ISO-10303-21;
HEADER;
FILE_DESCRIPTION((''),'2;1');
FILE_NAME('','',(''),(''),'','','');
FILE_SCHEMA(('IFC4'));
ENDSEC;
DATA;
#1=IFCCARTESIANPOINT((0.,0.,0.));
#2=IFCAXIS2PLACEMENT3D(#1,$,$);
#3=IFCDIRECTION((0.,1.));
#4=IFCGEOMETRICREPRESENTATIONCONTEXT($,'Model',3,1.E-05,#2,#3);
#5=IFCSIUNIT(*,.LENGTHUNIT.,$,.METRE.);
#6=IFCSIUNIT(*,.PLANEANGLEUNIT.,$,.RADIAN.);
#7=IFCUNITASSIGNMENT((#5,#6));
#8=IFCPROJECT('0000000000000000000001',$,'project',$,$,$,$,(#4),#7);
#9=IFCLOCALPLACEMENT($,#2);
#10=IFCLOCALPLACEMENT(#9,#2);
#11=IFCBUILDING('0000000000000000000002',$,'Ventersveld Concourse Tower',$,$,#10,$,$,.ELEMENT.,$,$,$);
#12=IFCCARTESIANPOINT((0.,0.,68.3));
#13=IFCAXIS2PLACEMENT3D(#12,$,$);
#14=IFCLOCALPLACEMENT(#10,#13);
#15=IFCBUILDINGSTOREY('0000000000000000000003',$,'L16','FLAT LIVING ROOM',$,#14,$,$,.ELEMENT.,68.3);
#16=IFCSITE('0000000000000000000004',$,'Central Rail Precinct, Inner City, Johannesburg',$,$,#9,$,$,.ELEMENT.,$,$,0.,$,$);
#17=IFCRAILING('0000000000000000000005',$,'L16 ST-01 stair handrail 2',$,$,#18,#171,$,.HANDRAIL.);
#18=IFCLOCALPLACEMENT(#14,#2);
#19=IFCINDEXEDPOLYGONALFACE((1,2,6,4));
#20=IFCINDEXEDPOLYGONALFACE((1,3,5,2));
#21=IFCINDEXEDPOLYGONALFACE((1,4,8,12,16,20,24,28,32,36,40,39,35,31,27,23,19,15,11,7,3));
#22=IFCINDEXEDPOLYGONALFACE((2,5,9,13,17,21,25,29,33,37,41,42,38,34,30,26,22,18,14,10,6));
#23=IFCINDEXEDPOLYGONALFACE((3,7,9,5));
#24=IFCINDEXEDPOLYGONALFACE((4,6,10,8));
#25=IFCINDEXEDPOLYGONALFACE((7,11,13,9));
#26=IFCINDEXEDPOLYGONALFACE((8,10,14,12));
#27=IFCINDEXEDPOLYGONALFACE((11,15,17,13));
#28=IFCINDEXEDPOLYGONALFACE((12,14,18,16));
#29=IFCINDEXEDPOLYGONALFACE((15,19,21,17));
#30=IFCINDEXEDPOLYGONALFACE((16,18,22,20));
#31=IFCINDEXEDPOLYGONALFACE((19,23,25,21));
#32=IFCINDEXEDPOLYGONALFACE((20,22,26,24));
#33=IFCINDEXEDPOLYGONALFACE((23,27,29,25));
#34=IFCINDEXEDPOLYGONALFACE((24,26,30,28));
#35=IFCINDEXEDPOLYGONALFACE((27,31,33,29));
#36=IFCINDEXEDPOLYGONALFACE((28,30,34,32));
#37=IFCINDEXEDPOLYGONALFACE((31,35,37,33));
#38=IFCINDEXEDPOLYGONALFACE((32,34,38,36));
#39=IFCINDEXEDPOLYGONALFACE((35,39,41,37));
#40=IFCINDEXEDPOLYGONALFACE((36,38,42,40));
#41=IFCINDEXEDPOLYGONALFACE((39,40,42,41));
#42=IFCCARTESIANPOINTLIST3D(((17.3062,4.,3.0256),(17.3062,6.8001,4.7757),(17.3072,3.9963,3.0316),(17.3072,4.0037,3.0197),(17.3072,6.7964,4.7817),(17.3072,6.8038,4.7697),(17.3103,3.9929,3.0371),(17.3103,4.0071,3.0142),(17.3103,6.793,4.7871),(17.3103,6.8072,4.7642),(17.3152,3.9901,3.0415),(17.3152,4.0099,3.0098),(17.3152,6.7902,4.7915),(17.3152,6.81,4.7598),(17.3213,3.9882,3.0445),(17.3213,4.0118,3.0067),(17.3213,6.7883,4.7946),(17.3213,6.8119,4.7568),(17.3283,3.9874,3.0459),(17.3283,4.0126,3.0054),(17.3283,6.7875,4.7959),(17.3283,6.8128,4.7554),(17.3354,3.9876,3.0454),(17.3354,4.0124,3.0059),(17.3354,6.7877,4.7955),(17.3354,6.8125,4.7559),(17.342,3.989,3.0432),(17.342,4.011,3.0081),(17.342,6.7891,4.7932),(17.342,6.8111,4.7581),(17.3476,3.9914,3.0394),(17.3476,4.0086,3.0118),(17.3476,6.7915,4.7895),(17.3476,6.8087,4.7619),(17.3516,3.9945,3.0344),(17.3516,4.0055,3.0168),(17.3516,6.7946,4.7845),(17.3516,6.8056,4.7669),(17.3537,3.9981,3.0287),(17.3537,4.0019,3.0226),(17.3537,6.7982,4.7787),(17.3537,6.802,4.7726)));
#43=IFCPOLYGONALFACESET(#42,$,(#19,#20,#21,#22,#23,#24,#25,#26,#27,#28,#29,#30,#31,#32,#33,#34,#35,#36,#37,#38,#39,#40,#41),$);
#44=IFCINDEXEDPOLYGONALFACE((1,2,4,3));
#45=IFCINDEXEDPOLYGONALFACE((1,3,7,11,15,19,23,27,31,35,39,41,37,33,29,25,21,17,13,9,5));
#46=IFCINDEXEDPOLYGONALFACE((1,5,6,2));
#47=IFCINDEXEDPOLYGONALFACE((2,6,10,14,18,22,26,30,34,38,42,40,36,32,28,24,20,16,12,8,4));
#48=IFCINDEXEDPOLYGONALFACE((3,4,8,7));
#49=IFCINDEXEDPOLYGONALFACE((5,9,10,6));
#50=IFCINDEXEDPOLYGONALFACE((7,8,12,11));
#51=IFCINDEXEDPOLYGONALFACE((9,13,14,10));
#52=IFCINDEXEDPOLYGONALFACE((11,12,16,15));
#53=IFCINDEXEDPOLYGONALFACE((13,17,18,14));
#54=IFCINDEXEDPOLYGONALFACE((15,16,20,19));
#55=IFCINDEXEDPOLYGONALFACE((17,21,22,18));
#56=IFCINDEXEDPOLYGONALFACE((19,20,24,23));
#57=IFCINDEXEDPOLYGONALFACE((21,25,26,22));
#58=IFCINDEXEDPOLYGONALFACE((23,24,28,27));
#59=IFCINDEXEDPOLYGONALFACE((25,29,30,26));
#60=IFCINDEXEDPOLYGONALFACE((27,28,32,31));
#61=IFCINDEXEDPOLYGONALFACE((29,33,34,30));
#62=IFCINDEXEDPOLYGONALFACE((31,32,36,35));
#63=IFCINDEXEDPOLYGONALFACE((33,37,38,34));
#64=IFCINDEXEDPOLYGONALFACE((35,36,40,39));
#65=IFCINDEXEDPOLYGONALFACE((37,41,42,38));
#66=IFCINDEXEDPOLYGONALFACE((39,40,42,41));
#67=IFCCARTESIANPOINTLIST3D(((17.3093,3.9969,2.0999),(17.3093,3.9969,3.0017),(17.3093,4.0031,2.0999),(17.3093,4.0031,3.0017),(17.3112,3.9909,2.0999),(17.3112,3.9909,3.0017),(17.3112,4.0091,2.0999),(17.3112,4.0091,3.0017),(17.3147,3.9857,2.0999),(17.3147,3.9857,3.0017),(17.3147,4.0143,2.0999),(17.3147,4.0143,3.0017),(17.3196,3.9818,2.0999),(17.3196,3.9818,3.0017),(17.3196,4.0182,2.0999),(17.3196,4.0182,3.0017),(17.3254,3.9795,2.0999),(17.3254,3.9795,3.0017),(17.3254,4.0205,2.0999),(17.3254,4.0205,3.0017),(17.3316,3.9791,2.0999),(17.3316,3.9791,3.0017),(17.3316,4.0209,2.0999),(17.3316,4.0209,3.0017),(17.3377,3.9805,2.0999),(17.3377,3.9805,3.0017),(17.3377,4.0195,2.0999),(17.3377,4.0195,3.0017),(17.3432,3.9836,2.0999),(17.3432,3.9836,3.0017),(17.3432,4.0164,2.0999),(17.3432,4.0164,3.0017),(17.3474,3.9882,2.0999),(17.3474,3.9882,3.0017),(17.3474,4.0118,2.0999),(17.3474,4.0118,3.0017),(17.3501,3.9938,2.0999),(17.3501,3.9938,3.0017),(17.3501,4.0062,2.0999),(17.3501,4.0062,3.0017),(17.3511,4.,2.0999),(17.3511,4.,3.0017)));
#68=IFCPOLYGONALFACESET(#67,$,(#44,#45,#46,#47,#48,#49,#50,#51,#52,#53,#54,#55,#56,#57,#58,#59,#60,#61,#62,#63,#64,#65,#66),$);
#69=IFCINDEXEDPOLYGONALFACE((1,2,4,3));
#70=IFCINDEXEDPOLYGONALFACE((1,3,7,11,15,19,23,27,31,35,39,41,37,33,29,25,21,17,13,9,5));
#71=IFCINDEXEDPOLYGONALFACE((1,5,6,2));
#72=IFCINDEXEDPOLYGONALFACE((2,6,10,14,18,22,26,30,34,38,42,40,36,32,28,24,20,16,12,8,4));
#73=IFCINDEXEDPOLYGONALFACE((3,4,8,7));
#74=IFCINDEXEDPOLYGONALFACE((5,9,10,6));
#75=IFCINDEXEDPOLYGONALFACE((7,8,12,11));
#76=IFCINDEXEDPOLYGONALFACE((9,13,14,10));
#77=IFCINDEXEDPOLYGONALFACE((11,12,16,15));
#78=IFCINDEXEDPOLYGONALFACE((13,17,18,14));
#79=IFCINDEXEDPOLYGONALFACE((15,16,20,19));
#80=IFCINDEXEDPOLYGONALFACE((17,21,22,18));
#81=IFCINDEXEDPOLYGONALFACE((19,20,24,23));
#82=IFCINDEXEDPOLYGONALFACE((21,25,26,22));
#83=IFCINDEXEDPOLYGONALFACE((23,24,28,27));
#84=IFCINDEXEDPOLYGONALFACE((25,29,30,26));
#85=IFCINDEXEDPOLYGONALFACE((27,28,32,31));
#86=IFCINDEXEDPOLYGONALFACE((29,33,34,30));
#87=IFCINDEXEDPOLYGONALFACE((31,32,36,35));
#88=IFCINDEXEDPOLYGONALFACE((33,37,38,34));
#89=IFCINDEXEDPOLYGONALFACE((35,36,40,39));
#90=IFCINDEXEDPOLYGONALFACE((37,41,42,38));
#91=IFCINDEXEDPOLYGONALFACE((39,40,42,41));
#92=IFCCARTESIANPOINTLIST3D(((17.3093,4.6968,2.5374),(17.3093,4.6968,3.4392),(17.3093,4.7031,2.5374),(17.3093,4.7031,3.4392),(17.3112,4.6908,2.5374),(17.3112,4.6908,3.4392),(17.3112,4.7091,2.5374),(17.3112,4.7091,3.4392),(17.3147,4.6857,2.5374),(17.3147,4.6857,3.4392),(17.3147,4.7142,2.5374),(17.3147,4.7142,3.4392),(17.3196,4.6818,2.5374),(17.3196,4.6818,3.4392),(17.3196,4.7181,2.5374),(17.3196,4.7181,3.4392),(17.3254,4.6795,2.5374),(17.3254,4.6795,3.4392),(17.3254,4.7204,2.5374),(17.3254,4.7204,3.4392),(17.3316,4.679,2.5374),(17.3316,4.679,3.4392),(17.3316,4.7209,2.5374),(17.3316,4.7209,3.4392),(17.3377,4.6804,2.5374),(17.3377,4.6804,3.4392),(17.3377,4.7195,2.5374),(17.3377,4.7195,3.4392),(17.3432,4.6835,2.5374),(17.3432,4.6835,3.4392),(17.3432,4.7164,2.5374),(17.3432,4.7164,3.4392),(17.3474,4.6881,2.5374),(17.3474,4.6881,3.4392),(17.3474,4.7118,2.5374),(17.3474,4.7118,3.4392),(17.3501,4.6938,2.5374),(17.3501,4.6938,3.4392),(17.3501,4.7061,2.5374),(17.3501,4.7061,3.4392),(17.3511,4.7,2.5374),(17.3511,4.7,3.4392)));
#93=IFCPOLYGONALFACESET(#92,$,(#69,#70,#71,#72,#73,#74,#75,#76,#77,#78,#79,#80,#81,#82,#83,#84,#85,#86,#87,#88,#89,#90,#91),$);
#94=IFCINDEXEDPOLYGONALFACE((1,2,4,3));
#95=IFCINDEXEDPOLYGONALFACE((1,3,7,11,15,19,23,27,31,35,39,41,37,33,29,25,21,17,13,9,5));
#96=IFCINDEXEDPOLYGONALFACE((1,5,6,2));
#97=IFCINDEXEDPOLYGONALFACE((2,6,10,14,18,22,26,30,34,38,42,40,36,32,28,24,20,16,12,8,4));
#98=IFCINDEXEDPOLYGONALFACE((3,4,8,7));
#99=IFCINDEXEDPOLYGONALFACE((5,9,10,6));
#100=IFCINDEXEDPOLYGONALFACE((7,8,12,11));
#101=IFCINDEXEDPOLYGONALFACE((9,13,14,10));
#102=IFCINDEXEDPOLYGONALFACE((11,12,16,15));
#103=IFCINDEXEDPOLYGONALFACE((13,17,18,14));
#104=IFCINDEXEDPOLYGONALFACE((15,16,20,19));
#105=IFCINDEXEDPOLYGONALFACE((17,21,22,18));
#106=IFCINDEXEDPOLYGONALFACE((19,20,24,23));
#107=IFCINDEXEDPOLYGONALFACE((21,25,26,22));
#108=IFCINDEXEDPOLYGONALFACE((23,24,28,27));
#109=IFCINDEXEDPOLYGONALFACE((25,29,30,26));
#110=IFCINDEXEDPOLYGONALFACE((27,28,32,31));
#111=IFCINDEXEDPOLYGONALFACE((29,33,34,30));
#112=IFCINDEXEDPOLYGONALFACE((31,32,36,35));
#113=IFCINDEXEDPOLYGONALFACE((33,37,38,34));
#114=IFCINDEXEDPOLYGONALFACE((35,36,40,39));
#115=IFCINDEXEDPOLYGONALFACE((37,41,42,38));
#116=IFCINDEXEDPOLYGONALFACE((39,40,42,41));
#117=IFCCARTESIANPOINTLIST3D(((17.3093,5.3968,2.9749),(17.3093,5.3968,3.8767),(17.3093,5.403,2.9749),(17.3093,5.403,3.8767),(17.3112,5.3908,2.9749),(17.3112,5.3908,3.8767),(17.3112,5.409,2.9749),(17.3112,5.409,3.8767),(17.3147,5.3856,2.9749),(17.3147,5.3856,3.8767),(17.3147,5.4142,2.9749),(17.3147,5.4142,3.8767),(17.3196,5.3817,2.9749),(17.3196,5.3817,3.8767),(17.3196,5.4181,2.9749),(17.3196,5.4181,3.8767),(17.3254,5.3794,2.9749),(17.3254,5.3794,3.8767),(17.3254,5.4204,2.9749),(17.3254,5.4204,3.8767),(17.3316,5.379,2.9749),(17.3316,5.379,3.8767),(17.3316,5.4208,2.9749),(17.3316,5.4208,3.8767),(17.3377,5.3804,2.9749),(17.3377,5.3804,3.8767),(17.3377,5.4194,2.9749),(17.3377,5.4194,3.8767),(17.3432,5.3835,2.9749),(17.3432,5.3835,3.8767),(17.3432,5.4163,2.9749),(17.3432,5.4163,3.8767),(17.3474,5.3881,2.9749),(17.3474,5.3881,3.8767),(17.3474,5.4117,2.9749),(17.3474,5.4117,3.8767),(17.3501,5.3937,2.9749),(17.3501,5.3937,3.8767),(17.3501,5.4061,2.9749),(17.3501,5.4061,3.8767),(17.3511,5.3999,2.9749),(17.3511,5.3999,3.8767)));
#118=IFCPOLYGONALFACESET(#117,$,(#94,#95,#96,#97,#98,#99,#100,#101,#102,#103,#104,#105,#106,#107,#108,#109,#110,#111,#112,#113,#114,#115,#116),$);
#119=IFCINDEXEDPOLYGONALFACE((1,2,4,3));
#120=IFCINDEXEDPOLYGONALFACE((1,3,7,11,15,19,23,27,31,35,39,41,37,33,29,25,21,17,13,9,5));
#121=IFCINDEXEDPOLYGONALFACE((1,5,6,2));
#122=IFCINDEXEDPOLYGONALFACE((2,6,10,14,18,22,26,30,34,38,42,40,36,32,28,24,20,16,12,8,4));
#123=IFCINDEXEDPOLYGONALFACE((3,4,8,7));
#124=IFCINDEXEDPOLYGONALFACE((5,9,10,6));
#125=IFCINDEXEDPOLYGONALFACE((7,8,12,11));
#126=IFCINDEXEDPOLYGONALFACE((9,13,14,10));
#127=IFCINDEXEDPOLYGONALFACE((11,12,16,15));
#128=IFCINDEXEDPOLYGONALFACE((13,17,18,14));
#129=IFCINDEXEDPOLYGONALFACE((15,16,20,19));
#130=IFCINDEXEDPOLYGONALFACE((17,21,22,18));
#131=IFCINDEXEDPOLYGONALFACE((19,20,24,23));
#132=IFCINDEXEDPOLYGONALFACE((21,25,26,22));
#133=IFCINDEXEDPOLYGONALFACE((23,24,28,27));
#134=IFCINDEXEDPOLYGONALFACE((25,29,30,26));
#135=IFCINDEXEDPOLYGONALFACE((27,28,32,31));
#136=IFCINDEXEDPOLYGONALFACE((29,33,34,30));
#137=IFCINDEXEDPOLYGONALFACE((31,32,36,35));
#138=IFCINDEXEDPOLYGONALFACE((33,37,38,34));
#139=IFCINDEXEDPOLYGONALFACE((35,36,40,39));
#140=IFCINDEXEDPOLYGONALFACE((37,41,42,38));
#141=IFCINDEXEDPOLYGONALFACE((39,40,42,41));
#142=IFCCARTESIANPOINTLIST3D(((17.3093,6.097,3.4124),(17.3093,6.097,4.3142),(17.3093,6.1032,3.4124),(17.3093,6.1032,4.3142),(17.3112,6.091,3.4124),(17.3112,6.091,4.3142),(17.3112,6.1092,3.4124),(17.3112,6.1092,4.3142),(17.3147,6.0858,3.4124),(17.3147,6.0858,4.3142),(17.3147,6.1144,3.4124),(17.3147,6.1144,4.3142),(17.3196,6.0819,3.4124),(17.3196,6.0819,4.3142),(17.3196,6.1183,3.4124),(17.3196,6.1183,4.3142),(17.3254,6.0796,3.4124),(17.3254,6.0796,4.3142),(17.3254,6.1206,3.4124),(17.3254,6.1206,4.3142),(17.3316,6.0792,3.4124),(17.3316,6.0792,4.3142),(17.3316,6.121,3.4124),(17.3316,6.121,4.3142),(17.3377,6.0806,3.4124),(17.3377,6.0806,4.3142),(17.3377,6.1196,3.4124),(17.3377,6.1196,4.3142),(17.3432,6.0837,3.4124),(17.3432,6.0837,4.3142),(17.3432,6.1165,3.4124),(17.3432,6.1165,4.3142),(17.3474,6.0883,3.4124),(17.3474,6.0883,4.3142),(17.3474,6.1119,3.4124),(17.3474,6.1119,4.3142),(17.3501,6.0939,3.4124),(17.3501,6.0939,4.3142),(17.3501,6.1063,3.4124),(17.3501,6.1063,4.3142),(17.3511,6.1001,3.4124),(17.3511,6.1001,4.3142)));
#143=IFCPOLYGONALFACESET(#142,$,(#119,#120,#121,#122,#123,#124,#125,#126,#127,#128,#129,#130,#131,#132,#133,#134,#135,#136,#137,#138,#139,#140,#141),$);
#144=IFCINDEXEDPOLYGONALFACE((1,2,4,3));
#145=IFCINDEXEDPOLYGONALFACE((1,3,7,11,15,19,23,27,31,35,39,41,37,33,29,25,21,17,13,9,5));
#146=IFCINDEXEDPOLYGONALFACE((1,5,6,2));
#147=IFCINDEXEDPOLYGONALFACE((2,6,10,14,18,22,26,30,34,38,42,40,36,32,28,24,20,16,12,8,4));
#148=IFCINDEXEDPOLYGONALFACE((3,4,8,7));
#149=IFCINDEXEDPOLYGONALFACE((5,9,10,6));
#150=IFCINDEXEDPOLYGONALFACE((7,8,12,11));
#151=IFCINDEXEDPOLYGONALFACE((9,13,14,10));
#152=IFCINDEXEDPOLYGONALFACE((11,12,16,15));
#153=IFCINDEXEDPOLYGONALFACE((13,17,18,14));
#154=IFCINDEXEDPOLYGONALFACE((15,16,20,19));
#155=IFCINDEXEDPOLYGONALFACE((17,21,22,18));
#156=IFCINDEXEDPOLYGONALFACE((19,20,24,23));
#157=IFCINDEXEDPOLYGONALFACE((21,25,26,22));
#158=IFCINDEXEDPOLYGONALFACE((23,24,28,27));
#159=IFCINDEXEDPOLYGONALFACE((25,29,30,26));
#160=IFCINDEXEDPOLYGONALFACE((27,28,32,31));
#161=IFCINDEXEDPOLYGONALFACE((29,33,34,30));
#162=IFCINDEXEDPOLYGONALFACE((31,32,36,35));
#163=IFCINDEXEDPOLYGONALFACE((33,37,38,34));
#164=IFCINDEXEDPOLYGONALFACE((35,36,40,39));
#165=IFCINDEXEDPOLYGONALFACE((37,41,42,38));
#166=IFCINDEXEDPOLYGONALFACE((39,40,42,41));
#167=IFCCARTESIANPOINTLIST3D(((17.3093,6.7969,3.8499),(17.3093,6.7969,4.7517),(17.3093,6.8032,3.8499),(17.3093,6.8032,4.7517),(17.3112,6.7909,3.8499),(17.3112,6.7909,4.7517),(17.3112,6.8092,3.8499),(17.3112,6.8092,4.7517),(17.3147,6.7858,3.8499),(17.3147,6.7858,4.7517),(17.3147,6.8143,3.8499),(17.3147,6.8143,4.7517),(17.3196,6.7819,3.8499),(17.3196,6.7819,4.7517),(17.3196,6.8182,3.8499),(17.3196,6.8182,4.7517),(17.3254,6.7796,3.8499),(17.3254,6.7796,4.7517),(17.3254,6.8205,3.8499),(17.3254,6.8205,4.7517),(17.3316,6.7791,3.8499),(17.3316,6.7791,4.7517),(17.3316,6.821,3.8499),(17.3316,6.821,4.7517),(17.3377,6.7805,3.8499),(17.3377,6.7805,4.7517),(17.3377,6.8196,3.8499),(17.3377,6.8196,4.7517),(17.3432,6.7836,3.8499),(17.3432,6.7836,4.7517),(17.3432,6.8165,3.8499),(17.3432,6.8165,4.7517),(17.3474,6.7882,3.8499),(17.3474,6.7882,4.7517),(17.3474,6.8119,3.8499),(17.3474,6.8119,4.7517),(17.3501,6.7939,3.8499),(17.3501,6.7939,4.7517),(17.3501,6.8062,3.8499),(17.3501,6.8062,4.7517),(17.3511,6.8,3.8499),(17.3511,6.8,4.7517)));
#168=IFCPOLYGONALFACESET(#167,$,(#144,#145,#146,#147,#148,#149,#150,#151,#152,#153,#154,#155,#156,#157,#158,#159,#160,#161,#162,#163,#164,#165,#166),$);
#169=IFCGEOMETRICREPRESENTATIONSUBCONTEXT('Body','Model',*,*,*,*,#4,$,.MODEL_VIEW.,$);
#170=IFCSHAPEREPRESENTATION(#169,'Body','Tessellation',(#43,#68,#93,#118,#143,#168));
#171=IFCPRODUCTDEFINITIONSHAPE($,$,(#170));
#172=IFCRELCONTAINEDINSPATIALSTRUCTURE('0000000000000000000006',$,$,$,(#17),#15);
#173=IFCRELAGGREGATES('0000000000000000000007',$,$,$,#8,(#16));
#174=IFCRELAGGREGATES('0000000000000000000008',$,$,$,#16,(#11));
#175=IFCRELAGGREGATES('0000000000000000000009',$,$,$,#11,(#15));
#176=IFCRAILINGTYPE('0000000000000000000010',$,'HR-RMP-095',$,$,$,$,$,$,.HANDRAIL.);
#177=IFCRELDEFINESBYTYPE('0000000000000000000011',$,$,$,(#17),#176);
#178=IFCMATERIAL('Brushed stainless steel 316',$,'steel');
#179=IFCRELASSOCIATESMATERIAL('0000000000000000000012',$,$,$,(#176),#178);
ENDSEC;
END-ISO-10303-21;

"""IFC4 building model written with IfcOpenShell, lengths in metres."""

from ifc_helpers import new_model, si_unit, direction, frame, origin, origin_2d, place, context, subcontext, project, spatial, circle, extrude, material, type_object, element, save


model = new_model("IFC4")

# Units and contexts
model_context = context("Model", 3, precision=1e-05, world=origin(), true_north=direction((0.0, 1.0)))
body_context = subcontext(model_context, "Body", "Model", "MODEL_VIEW")
ifc_project = project(units=[si_unit("LENGTHUNIT", "METRE"), si_unit("PLANEANGLEUNIT", "RADIAN")], contexts=[model_context])

# Site, building, storey
site_placement = place(None, origin())
site = spatial("IfcSite", under=ifc_project, at=site_placement, Name="Central Rail Precinct, Inner City, Johannesburg", CompositionType="ELEMENT", RefElevation=0.0)
building_placement = place(site_placement, origin())
building = spatial("IfcBuilding", under=site, at=building_placement, Name="Ventersveld Concourse Tower", CompositionType="ELEMENT")
storey_placement = place(building_placement, frame((0.0, 0.0, 68.3)))
storey = spatial("IfcBuildingStorey", under=building, at=storey_placement, Name="L16", Description="FLAT LIVING ROOM", CompositionType="ELEMENT", Elevation=68.3)

# Shared definitions
ifc_material_1 = material(Name="Brushed stainless steel 316", Category="steel")

# Railing
railing_type_1 = type_object("IfcRailingType", Name="HR-RMP-095", PredefinedType="HANDRAIL", material=ifc_material_1)
railing_1_placement = place(storey_placement, frame((17.3301, 4.0, 2.0999)))
element("IfcRailing", 1, at=railing_1_placement, inside=storey, type_object=railing_type_1, Name="L16 ST-01 stair handrail 2", PredefinedType="HANDRAIL", context=body_context, shape_type="SweptSolid", body=[
    extrude(circle(Radius=0.0239, at=origin_2d()), frame((0.0, 0.0, 0.9258), z_axis=(0.0, 0.848002, 0.529992), x_axis=(-1.0, 0.0, 0.0)), (0.0, 0.0, 1.0), 3.302),
    extrude(circle(Radius=0.021, at=origin_2d()), origin(), (0.0, 0.0, 1.0), 0.9019),
    extrude(circle(Radius=0.021, at=origin_2d()), frame((0.0, 0.7, 0.4375)), (0.0, 0.0, 1.0), 0.9019),
    extrude(circle(Radius=0.021, at=origin_2d()), frame((0.0, 1.3999, 0.875)), (0.0, 0.0, 1.0), 0.9019),
    extrude(circle(Radius=0.021, at=origin_2d()), frame((0.0, 2.1001, 1.3125)), (0.0, 0.0, 1.0), 0.9019),
    extrude(circle(Radius=0.021, at=origin_2d()), frame((0.0, 2.8, 1.75)), (0.0, 0.0, 1.0), 0.9019),
])

save(model, "model.ifc")
